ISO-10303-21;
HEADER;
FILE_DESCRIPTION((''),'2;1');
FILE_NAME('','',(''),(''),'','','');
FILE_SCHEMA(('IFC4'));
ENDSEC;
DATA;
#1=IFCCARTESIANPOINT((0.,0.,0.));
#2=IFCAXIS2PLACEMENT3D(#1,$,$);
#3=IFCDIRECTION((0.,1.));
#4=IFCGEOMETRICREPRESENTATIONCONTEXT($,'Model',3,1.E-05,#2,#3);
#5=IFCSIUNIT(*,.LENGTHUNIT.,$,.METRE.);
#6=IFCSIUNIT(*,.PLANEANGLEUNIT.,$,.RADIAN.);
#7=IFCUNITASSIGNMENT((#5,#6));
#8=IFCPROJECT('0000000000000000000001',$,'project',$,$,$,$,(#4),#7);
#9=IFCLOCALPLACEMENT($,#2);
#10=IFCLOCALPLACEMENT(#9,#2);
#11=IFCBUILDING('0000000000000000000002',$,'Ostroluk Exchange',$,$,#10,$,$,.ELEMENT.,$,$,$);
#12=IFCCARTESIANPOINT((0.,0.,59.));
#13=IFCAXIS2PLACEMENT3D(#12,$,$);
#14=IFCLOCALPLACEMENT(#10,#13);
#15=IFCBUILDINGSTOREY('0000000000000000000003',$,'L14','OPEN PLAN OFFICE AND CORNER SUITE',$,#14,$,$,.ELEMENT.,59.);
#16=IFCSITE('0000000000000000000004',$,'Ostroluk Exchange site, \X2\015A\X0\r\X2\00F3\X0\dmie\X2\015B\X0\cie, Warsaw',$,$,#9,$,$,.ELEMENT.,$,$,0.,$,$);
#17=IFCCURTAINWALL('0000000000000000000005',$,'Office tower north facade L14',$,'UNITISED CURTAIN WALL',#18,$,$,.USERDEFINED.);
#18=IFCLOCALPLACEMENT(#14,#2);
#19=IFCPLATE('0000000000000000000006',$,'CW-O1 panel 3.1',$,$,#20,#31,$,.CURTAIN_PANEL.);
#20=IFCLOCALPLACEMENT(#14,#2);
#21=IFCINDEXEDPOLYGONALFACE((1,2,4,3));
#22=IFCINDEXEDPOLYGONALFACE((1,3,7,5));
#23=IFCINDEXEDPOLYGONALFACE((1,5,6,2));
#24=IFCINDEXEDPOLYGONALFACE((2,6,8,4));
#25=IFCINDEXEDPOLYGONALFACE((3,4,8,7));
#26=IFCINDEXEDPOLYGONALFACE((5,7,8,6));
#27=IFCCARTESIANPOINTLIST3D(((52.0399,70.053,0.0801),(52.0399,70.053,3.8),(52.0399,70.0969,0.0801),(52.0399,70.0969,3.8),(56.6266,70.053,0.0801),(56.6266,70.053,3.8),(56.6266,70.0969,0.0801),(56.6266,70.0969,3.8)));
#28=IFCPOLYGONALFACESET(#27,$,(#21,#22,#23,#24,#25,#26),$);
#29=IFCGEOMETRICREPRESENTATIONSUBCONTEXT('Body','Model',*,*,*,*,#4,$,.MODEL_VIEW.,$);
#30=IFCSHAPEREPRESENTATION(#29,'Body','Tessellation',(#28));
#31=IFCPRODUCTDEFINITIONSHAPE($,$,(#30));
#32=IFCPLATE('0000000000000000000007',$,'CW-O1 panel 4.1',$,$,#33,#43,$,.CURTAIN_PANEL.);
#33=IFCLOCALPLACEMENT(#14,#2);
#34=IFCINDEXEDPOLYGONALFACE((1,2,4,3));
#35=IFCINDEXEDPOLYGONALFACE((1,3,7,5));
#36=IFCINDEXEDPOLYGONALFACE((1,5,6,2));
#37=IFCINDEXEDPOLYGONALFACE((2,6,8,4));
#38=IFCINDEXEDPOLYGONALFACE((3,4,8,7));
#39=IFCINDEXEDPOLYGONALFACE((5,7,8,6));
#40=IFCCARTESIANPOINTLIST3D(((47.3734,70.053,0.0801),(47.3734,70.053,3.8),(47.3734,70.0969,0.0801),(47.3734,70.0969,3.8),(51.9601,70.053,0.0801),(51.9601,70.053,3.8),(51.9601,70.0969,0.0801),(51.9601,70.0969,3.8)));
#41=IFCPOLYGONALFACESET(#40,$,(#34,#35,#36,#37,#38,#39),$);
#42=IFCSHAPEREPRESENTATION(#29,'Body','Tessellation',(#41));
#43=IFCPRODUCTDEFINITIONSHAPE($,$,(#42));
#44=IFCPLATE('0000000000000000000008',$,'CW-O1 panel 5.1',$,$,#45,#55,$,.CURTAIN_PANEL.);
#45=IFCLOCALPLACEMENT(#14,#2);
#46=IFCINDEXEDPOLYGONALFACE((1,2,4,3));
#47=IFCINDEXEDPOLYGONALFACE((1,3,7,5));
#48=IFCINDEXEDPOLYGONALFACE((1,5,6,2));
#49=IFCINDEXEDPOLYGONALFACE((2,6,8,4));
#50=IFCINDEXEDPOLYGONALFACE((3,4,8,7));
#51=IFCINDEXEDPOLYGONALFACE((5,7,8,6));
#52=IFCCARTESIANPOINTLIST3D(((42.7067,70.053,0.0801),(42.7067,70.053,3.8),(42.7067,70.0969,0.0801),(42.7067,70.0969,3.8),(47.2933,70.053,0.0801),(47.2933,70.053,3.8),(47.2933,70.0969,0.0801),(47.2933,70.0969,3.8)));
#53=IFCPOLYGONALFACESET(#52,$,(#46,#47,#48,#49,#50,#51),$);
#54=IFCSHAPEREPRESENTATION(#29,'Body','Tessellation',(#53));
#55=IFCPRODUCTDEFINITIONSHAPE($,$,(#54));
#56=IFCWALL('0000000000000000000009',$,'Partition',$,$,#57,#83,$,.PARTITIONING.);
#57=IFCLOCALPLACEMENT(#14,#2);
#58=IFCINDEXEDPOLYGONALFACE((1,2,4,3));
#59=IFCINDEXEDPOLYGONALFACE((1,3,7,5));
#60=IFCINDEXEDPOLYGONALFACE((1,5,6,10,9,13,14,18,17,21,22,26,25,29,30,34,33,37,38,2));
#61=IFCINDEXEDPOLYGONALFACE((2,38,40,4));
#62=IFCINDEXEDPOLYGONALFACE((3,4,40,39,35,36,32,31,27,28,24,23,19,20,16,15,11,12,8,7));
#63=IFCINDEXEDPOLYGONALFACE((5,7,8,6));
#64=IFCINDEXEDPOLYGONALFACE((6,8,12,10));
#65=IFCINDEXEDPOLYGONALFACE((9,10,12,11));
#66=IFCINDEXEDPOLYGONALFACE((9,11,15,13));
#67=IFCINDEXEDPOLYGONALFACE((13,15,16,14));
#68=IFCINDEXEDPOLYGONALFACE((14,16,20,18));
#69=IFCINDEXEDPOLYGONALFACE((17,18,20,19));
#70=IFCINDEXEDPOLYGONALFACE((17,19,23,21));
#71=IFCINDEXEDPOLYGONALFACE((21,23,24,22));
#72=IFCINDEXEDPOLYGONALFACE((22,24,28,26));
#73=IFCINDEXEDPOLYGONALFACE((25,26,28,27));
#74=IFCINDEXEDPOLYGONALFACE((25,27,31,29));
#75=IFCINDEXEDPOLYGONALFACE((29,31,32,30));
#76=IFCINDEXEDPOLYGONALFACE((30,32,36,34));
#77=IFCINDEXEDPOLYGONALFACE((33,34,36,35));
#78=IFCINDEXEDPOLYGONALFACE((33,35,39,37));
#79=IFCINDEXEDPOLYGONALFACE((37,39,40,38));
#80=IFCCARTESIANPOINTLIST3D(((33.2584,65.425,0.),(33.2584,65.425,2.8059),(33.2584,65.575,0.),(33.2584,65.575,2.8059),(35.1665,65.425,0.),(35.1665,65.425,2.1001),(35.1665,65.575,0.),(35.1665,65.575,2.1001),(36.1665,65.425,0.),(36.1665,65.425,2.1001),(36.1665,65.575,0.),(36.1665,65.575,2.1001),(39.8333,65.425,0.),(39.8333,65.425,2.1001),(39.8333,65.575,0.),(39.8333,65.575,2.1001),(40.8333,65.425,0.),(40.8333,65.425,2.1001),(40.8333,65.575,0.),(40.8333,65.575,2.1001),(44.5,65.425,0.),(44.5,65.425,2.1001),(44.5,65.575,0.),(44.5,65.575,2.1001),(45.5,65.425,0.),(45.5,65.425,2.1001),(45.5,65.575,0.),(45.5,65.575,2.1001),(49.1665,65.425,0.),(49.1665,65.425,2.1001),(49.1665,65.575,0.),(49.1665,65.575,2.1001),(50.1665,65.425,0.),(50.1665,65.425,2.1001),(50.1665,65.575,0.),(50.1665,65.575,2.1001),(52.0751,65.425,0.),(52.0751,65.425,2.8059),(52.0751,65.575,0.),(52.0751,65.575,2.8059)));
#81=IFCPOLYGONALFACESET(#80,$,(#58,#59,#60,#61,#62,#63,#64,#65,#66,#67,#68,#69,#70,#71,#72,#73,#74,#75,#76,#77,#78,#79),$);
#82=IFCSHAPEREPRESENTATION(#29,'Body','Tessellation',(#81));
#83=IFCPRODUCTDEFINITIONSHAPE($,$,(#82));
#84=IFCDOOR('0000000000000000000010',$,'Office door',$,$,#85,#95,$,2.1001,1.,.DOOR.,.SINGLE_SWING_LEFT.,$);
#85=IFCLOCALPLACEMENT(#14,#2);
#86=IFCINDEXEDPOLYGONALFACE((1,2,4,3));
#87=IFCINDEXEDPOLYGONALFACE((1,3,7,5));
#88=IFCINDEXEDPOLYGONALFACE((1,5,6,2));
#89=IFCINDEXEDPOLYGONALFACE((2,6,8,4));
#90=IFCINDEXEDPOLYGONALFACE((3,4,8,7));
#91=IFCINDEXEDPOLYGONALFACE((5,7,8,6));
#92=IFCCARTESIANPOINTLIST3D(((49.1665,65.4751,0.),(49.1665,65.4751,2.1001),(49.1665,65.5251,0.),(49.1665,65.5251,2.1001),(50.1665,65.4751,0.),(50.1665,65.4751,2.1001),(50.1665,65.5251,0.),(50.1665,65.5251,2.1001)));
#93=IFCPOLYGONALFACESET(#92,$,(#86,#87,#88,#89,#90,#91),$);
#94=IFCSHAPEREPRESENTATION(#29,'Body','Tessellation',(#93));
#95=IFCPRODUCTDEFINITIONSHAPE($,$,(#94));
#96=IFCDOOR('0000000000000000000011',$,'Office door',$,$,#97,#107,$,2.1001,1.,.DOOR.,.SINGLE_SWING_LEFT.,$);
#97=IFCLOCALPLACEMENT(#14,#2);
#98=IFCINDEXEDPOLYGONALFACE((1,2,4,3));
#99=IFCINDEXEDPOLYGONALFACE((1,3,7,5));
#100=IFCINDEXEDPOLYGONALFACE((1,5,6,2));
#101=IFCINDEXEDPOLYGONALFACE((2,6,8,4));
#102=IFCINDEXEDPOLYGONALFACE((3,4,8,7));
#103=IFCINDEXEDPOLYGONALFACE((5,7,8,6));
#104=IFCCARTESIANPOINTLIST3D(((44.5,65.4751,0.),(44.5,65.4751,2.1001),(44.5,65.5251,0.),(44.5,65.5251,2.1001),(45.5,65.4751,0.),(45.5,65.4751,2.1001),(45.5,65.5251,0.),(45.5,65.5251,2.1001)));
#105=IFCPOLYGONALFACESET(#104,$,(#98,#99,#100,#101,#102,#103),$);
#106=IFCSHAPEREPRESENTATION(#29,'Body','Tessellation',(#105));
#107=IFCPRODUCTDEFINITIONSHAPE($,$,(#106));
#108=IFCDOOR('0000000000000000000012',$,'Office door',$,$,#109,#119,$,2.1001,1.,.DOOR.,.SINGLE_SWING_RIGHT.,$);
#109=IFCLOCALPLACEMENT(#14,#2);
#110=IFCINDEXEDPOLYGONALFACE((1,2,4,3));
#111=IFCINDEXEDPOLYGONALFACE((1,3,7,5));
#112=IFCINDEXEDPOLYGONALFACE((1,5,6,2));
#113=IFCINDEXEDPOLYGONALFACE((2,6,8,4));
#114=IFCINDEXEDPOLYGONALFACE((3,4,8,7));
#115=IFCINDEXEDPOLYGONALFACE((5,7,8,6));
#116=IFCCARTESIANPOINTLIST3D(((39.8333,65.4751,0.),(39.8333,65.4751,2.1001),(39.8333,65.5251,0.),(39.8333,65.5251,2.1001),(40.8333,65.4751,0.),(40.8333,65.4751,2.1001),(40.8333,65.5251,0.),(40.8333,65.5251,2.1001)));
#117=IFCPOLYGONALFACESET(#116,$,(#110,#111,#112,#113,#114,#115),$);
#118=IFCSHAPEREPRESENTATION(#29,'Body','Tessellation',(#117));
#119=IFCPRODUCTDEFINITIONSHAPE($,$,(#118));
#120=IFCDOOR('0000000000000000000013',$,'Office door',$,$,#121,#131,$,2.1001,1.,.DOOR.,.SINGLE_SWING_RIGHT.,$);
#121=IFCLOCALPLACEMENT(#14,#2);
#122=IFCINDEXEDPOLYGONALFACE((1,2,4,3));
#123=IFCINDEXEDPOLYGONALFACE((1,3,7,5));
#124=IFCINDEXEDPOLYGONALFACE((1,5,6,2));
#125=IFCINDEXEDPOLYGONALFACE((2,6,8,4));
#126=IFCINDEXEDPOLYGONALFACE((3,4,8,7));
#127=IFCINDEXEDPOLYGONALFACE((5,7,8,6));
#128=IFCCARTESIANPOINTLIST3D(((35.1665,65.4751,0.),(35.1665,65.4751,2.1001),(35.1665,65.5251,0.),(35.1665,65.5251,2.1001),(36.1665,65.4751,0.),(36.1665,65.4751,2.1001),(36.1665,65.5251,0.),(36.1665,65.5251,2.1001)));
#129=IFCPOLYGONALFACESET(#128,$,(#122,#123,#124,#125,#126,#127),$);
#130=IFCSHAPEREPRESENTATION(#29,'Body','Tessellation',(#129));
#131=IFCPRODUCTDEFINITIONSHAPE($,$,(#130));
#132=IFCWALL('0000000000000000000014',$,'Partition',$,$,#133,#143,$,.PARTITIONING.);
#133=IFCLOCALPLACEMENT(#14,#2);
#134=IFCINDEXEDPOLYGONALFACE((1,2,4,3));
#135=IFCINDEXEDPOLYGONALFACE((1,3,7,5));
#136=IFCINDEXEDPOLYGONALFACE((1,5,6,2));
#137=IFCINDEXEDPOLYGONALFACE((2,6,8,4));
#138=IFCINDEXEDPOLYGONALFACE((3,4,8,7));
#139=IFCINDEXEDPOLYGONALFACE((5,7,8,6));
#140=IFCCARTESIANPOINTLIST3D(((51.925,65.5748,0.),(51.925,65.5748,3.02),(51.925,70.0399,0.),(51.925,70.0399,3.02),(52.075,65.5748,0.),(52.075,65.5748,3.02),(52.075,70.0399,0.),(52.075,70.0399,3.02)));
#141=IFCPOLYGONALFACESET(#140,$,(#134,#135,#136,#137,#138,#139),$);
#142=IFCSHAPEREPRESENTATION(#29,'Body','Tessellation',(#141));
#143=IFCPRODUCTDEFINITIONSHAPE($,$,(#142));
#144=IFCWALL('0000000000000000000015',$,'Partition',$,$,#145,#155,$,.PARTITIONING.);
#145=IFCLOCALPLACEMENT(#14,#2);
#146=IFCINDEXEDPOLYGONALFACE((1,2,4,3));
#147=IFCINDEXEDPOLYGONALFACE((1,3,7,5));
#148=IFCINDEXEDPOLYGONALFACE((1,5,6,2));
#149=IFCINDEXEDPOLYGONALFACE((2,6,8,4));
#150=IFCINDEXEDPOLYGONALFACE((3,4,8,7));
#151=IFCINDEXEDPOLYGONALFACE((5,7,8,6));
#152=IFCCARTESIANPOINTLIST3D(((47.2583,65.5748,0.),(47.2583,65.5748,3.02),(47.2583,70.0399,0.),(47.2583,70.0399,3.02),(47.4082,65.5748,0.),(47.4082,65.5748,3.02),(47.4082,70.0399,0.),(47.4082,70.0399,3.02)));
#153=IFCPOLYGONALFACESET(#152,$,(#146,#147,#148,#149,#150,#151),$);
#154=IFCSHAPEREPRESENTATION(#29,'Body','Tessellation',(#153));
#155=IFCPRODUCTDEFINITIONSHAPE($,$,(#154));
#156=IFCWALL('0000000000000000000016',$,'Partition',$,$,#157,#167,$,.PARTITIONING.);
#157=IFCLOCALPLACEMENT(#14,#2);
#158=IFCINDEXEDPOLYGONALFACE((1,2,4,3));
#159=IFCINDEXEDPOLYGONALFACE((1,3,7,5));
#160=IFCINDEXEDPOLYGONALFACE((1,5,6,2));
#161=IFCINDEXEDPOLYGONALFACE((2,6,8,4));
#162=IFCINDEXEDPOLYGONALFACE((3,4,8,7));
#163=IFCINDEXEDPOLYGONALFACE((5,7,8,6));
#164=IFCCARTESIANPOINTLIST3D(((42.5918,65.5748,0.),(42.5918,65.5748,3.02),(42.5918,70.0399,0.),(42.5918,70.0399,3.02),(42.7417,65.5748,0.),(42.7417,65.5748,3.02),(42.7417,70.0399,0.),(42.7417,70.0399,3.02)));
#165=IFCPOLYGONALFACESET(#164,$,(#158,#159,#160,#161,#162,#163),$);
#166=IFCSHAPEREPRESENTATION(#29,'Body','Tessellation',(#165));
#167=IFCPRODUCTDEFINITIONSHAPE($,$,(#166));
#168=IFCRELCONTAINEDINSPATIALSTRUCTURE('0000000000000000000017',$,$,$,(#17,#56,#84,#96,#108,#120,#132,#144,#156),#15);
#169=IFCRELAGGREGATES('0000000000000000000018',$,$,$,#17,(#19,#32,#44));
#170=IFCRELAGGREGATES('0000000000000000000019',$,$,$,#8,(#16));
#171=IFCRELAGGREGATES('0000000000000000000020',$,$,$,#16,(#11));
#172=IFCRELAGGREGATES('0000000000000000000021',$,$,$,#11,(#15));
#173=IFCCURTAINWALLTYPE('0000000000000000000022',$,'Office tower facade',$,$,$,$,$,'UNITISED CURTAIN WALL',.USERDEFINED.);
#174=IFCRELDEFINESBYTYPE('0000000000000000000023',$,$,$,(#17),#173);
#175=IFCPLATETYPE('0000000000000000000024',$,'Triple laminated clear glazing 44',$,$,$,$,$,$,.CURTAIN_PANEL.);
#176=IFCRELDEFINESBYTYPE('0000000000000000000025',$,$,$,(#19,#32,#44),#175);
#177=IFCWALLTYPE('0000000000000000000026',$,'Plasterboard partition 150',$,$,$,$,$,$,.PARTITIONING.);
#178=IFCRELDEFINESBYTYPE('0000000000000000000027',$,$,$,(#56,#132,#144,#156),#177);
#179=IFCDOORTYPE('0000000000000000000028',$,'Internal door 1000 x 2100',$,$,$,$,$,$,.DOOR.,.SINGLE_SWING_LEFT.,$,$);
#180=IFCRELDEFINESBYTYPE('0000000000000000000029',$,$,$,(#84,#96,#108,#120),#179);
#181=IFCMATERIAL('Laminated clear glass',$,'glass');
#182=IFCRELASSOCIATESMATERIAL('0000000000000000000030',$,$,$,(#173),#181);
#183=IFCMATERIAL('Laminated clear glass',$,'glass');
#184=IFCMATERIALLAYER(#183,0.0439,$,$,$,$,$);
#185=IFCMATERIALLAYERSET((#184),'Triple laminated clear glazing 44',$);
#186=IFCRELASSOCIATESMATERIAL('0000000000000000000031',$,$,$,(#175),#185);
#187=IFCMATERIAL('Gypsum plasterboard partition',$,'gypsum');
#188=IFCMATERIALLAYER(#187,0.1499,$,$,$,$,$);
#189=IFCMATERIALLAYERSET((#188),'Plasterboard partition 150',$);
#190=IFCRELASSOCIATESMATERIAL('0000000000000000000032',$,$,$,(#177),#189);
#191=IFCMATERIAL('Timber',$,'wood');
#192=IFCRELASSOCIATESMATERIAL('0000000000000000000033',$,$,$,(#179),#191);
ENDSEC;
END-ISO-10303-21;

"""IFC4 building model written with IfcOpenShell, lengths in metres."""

from ifc_helpers import new_model, si_unit, direction, frame, frame_2d, origin, origin_2d, place, context, subcontext, project, spatial, rectangle, extrude, material, layer, layer_set, type_object, element, fill, aggregate, save


model = new_model("IFC4")

# Units and contexts
model_context = context("Model", 3, precision=1e-05, world=origin(), true_north=direction((0.0, 1.0)))
body_context = subcontext(model_context, "Body", "Model", "MODEL_VIEW")
ifc_project = project(units=[si_unit("LENGTHUNIT", "METRE"), si_unit("PLANEANGLEUNIT", "RADIAN")], contexts=[model_context])

# Site, building, storey
site_placement = place(None, origin())
site = spatial("IfcSite", under=ifc_project, at=site_placement, Name="Ostroluk Exchange site, Śródmieście, Warsaw", CompositionType="ELEMENT", RefElevation=0.0)
building_placement = place(site_placement, origin())
building = spatial("IfcBuilding", under=site, at=building_placement, Name="Ostroluk Exchange", CompositionType="ELEMENT")
storey_placement = place(building_placement, frame((0.0, 0.0, 59.0)))
storey = spatial("IfcBuildingStorey", under=building, at=storey_placement, Name="L14", Description="OPEN PLAN OFFICE AND CORNER SUITE", CompositionType="ELEMENT", Elevation=59.0)

# Curtain wall, plates
ifc_material_1 = material(Name="Laminated clear glass", Category="glass")
curtain_wall_type = type_object("IfcCurtainWallType", Name="Office tower facade", ElementType="UNITISED CURTAIN WALL", PredefinedType="USERDEFINED", material=ifc_material_1)
curtain_wall_placement = place(storey_placement, origin())
curtain_wall = element("IfcCurtainWall", 1, at=curtain_wall_placement, inside=storey, type_object=curtain_wall_type, Name="Office tower north facade L14", ObjectType="UNITISED CURTAIN WALL", PredefinedType="USERDEFINED")
ifc_material_2 = material(Name="Laminated clear glass", Category="glass")
ifc_layer_1 = layer(ifc_material_2, 0.0439)
ifc_layer_set_1 = layer_set([ifc_layer_1], Name="Triple laminated clear glazing 44")
plate_type = type_object("IfcPlateType", Name="Triple laminated clear glazing 44", PredefinedType="CURTAIN_PANEL", material=ifc_layer_set_1)
plate_1_placement = place(storey_placement, frame((54.3333, 70.075, 0.0801), z_axis=(0.0, 0.0, 1.0), x_axis=(-1.0, 0.0, 0.0)))
plate_1 = element("IfcPlate", 2, at=plate_1_placement, type_object=plate_type, Name="CW-O1 panel 3.1", PredefinedType="CURTAIN_PANEL", context=body_context, shape_type="SweptSolid", body=[
    extrude(rectangle(XDim=4.5867, YDim=0.0439, at=origin_2d()), origin(), (0.0, 0.0, 1.0), 3.72),
])
plate_2_placement = place(storey_placement, frame((49.6667, 70.075, 0.0801), z_axis=(0.0, 0.0, 1.0), x_axis=(-1.0, 0.0, 0.0)))
plate_2 = element("IfcPlate", 3, at=plate_2_placement, type_object=plate_type, Name="CW-O1 panel 4.1", PredefinedType="CURTAIN_PANEL", context=body_context, shape_type="SweptSolid", body=[
    extrude(rectangle(XDim=4.5867, YDim=0.0439, at=origin_2d()), origin(), (0.0, 0.0, 1.0), 3.72),
])
plate_3_placement = place(storey_placement, frame((45.0, 70.075, 0.0801), z_axis=(0.0, 0.0, 1.0), x_axis=(-1.0, 0.0, 0.0)))
plate_3 = element("IfcPlate", 4, at=plate_3_placement, type_object=plate_type, Name="CW-O1 panel 5.1", PredefinedType="CURTAIN_PANEL", context=body_context, shape_type="SweptSolid", body=[
    extrude(rectangle(XDim=4.5867, YDim=0.0439, at=origin_2d()), origin(), (0.0, 0.0, 1.0), 3.72),
])
aggregate(curtain_wall, [plate_1, plate_2, plate_3])

# Wall, openings, doors
ifc_material_3 = material(Name="Gypsum plasterboard partition", Category="gypsum")
ifc_layer_2 = layer(ifc_material_3, 0.1499)
ifc_layer_set_2 = layer_set([ifc_layer_2], Name="Plasterboard partition 150")
wall_type = type_object("IfcWallType", Name="Plasterboard partition 150", PredefinedType="PARTITIONING", material=ifc_layer_set_2)
wall_placement = place(storey_placement, frame((52.075, 65.5, 0.0), z_axis=(0.0, 0.0, 1.0), x_axis=(-1.0, 0.0, 0.0)))
wall = element("IfcWall", 5, at=wall_placement, inside=storey, type_object=wall_type, Name="Partition", PredefinedType="PARTITIONING", context=body_context, shape_type="SweptSolid", body=[
    extrude(rectangle(XDim=18.8167, YDim=0.1499, at=frame_2d((9.4082, 0.0))), origin(), (0.0, 0.0, 1.0), 2.8059),
])
opening_1_placement = place(wall_placement, frame((1.9084, 0.0, 0.0)))
opening_1 = element("IfcOpeningElement", 6, at=opening_1_placement, cuts=wall, PredefinedType="OPENING", context=body_context, shape_type="SweptSolid", body=[
    extrude(rectangle(XDim=1.0, YDim=2.1001, at=frame_2d((0.5, 1.05))), frame((0.0, 0.085, 0.0), z_axis=(0.0, -1.0, 0.0), x_axis=(1.0, 0.0, 0.0)), (0.0, 0.0, 1.0), 0.1699),
])
opening_2_placement = place(wall_placement, frame((6.575, 0.0, 0.0)))
opening_2 = element("IfcOpeningElement", 7, at=opening_2_placement, cuts=wall, PredefinedType="OPENING", context=body_context, shape_type="SweptSolid", body=[
    extrude(rectangle(XDim=1.0, YDim=2.1001, at=frame_2d((0.5, 1.05))), frame((0.0, 0.085, 0.0), z_axis=(0.0, -1.0, 0.0), x_axis=(1.0, 0.0, 0.0)), (0.0, 0.0, 1.0), 0.1699),
])
opening_3_placement = place(wall_placement, frame((11.2417, 0.0, 0.0)))
opening_3 = element("IfcOpeningElement", 8, at=opening_3_placement, cuts=wall, PredefinedType="OPENING", context=body_context, shape_type="SweptSolid", body=[
    extrude(rectangle(XDim=1.0, YDim=2.1001, at=frame_2d((0.5, 1.05))), frame((0.0, 0.085, 0.0), z_axis=(0.0, -1.0, 0.0), x_axis=(1.0, 0.0, 0.0)), (0.0, 0.0, 1.0), 0.1699),
])
opening_4_placement = place(wall_placement, frame((15.9084, 0.0, 0.0)))
opening_4 = element("IfcOpeningElement", 9, at=opening_4_placement, cuts=wall, PredefinedType="OPENING", context=body_context, shape_type="SweptSolid", body=[
    extrude(rectangle(XDim=1.0, YDim=2.1001, at=frame_2d((0.5, 1.05))), frame((0.0, 0.085, 0.0), z_axis=(0.0, -1.0, 0.0), x_axis=(1.0, 0.0, 0.0)), (0.0, 0.0, 1.0), 0.1699),
])
ifc_material_4 = material(Name="Timber", Category="wood")
door_type = type_object("IfcDoorType", Name="Internal door 1000 x 2100", OperationType="SINGLE_SWING_LEFT", PredefinedType="DOOR", material=ifc_material_4)
door_1_placement = place(opening_1_placement, origin())
door_1 = element("IfcDoor", 10, at=door_1_placement, inside=storey, type_object=door_type, Name="Office door", OperationType="SINGLE_SWING_LEFT", OverallHeight=2.1001, OverallWidth=1.0, PredefinedType="DOOR", context=body_context, shape_type="SweptSolid", body=[
    extrude(rectangle(XDim=1.0, YDim=2.1001, at=frame_2d((0.5, 1.05))), frame((0.0, 0.0249, 0.0), z_axis=(0.0, -1.0, 0.0), x_axis=(1.0, 0.0, 0.0)), (0.0, 0.0, 1.0), 0.05),
])
fill(opening_1, door_1)
door_2_placement = place(opening_2_placement, origin())
door_2 = element("IfcDoor", 11, at=door_2_placement, inside=storey, type_object=door_type, Name="Office door", OperationType="SINGLE_SWING_LEFT", OverallHeight=2.1001, OverallWidth=1.0, PredefinedType="DOOR", context=body_context, shape_type="SweptSolid", body=[
    extrude(rectangle(XDim=1.0, YDim=2.1001, at=frame_2d((0.5, 1.05))), frame((0.0, 0.0249, 0.0), z_axis=(0.0, -1.0, 0.0), x_axis=(1.0, 0.0, 0.0)), (0.0, 0.0, 1.0), 0.05),
])
fill(opening_2, door_2)
door_3_placement = place(opening_3_placement, origin())
door_3 = element("IfcDoor", 12, at=door_3_placement, inside=storey, type_object=door_type, Name="Office door", OperationType="SINGLE_SWING_RIGHT", OverallHeight=2.1001, OverallWidth=1.0, PredefinedType="DOOR", context=body_context, shape_type="SweptSolid", body=[
    extrude(rectangle(XDim=1.0, YDim=2.1001, at=frame_2d((0.5, 1.05))), frame((0.0, 0.0249, 0.0), z_axis=(0.0, -1.0, 0.0), x_axis=(1.0, 0.0, 0.0)), (0.0, 0.0, 1.0), 0.05),
])
fill(opening_3, door_3)
door_4_placement = place(opening_4_placement, origin())
door_4 = element("IfcDoor", 13, at=door_4_placement, inside=storey, type_object=door_type, Name="Office door", OperationType="SINGLE_SWING_RIGHT", OverallHeight=2.1001, OverallWidth=1.0, PredefinedType="DOOR", context=body_context, shape_type="SweptSolid", body=[
    extrude(rectangle(XDim=1.0, YDim=2.1001, at=frame_2d((0.5, 1.05))), frame((0.0, 0.0249, 0.0), z_axis=(0.0, -1.0, 0.0), x_axis=(1.0, 0.0, 0.0)), (0.0, 0.0, 1.0), 0.05),
])
fill(opening_4, door_4)

# Walls
for number, where, z_axis, x_axis, name in (
    (14, (52.0, 65.575, 0.0), (0.0, 0.0, 1.0), (0.0, 1.0, 0.0), "Partition"),
    (15, (47.3333, 65.575, 0.0), (0.0, 0.0, 1.0), (0.0, 1.0, 0.0), "Partition"),
    (16, (42.6667, 65.575, 0.0), (0.0, 0.0, 1.0), (0.0, 1.0, 0.0), "Partition"),
):
    element("IfcWall", number, at=place(storey_placement, frame(where, z_axis=z_axis, x_axis=x_axis)), inside=storey, type_object=wall_type, Name=name, PredefinedType="PARTITIONING", context=body_context, shape_type="SweptSolid", body=[
        extrude(rectangle(XDim=4.4651, YDim=0.1499, at=frame_2d((2.2324, 0.0))), origin(), (0.0, 0.0, 1.0), 3.02),
    ])

save(model, "model.ifc")
